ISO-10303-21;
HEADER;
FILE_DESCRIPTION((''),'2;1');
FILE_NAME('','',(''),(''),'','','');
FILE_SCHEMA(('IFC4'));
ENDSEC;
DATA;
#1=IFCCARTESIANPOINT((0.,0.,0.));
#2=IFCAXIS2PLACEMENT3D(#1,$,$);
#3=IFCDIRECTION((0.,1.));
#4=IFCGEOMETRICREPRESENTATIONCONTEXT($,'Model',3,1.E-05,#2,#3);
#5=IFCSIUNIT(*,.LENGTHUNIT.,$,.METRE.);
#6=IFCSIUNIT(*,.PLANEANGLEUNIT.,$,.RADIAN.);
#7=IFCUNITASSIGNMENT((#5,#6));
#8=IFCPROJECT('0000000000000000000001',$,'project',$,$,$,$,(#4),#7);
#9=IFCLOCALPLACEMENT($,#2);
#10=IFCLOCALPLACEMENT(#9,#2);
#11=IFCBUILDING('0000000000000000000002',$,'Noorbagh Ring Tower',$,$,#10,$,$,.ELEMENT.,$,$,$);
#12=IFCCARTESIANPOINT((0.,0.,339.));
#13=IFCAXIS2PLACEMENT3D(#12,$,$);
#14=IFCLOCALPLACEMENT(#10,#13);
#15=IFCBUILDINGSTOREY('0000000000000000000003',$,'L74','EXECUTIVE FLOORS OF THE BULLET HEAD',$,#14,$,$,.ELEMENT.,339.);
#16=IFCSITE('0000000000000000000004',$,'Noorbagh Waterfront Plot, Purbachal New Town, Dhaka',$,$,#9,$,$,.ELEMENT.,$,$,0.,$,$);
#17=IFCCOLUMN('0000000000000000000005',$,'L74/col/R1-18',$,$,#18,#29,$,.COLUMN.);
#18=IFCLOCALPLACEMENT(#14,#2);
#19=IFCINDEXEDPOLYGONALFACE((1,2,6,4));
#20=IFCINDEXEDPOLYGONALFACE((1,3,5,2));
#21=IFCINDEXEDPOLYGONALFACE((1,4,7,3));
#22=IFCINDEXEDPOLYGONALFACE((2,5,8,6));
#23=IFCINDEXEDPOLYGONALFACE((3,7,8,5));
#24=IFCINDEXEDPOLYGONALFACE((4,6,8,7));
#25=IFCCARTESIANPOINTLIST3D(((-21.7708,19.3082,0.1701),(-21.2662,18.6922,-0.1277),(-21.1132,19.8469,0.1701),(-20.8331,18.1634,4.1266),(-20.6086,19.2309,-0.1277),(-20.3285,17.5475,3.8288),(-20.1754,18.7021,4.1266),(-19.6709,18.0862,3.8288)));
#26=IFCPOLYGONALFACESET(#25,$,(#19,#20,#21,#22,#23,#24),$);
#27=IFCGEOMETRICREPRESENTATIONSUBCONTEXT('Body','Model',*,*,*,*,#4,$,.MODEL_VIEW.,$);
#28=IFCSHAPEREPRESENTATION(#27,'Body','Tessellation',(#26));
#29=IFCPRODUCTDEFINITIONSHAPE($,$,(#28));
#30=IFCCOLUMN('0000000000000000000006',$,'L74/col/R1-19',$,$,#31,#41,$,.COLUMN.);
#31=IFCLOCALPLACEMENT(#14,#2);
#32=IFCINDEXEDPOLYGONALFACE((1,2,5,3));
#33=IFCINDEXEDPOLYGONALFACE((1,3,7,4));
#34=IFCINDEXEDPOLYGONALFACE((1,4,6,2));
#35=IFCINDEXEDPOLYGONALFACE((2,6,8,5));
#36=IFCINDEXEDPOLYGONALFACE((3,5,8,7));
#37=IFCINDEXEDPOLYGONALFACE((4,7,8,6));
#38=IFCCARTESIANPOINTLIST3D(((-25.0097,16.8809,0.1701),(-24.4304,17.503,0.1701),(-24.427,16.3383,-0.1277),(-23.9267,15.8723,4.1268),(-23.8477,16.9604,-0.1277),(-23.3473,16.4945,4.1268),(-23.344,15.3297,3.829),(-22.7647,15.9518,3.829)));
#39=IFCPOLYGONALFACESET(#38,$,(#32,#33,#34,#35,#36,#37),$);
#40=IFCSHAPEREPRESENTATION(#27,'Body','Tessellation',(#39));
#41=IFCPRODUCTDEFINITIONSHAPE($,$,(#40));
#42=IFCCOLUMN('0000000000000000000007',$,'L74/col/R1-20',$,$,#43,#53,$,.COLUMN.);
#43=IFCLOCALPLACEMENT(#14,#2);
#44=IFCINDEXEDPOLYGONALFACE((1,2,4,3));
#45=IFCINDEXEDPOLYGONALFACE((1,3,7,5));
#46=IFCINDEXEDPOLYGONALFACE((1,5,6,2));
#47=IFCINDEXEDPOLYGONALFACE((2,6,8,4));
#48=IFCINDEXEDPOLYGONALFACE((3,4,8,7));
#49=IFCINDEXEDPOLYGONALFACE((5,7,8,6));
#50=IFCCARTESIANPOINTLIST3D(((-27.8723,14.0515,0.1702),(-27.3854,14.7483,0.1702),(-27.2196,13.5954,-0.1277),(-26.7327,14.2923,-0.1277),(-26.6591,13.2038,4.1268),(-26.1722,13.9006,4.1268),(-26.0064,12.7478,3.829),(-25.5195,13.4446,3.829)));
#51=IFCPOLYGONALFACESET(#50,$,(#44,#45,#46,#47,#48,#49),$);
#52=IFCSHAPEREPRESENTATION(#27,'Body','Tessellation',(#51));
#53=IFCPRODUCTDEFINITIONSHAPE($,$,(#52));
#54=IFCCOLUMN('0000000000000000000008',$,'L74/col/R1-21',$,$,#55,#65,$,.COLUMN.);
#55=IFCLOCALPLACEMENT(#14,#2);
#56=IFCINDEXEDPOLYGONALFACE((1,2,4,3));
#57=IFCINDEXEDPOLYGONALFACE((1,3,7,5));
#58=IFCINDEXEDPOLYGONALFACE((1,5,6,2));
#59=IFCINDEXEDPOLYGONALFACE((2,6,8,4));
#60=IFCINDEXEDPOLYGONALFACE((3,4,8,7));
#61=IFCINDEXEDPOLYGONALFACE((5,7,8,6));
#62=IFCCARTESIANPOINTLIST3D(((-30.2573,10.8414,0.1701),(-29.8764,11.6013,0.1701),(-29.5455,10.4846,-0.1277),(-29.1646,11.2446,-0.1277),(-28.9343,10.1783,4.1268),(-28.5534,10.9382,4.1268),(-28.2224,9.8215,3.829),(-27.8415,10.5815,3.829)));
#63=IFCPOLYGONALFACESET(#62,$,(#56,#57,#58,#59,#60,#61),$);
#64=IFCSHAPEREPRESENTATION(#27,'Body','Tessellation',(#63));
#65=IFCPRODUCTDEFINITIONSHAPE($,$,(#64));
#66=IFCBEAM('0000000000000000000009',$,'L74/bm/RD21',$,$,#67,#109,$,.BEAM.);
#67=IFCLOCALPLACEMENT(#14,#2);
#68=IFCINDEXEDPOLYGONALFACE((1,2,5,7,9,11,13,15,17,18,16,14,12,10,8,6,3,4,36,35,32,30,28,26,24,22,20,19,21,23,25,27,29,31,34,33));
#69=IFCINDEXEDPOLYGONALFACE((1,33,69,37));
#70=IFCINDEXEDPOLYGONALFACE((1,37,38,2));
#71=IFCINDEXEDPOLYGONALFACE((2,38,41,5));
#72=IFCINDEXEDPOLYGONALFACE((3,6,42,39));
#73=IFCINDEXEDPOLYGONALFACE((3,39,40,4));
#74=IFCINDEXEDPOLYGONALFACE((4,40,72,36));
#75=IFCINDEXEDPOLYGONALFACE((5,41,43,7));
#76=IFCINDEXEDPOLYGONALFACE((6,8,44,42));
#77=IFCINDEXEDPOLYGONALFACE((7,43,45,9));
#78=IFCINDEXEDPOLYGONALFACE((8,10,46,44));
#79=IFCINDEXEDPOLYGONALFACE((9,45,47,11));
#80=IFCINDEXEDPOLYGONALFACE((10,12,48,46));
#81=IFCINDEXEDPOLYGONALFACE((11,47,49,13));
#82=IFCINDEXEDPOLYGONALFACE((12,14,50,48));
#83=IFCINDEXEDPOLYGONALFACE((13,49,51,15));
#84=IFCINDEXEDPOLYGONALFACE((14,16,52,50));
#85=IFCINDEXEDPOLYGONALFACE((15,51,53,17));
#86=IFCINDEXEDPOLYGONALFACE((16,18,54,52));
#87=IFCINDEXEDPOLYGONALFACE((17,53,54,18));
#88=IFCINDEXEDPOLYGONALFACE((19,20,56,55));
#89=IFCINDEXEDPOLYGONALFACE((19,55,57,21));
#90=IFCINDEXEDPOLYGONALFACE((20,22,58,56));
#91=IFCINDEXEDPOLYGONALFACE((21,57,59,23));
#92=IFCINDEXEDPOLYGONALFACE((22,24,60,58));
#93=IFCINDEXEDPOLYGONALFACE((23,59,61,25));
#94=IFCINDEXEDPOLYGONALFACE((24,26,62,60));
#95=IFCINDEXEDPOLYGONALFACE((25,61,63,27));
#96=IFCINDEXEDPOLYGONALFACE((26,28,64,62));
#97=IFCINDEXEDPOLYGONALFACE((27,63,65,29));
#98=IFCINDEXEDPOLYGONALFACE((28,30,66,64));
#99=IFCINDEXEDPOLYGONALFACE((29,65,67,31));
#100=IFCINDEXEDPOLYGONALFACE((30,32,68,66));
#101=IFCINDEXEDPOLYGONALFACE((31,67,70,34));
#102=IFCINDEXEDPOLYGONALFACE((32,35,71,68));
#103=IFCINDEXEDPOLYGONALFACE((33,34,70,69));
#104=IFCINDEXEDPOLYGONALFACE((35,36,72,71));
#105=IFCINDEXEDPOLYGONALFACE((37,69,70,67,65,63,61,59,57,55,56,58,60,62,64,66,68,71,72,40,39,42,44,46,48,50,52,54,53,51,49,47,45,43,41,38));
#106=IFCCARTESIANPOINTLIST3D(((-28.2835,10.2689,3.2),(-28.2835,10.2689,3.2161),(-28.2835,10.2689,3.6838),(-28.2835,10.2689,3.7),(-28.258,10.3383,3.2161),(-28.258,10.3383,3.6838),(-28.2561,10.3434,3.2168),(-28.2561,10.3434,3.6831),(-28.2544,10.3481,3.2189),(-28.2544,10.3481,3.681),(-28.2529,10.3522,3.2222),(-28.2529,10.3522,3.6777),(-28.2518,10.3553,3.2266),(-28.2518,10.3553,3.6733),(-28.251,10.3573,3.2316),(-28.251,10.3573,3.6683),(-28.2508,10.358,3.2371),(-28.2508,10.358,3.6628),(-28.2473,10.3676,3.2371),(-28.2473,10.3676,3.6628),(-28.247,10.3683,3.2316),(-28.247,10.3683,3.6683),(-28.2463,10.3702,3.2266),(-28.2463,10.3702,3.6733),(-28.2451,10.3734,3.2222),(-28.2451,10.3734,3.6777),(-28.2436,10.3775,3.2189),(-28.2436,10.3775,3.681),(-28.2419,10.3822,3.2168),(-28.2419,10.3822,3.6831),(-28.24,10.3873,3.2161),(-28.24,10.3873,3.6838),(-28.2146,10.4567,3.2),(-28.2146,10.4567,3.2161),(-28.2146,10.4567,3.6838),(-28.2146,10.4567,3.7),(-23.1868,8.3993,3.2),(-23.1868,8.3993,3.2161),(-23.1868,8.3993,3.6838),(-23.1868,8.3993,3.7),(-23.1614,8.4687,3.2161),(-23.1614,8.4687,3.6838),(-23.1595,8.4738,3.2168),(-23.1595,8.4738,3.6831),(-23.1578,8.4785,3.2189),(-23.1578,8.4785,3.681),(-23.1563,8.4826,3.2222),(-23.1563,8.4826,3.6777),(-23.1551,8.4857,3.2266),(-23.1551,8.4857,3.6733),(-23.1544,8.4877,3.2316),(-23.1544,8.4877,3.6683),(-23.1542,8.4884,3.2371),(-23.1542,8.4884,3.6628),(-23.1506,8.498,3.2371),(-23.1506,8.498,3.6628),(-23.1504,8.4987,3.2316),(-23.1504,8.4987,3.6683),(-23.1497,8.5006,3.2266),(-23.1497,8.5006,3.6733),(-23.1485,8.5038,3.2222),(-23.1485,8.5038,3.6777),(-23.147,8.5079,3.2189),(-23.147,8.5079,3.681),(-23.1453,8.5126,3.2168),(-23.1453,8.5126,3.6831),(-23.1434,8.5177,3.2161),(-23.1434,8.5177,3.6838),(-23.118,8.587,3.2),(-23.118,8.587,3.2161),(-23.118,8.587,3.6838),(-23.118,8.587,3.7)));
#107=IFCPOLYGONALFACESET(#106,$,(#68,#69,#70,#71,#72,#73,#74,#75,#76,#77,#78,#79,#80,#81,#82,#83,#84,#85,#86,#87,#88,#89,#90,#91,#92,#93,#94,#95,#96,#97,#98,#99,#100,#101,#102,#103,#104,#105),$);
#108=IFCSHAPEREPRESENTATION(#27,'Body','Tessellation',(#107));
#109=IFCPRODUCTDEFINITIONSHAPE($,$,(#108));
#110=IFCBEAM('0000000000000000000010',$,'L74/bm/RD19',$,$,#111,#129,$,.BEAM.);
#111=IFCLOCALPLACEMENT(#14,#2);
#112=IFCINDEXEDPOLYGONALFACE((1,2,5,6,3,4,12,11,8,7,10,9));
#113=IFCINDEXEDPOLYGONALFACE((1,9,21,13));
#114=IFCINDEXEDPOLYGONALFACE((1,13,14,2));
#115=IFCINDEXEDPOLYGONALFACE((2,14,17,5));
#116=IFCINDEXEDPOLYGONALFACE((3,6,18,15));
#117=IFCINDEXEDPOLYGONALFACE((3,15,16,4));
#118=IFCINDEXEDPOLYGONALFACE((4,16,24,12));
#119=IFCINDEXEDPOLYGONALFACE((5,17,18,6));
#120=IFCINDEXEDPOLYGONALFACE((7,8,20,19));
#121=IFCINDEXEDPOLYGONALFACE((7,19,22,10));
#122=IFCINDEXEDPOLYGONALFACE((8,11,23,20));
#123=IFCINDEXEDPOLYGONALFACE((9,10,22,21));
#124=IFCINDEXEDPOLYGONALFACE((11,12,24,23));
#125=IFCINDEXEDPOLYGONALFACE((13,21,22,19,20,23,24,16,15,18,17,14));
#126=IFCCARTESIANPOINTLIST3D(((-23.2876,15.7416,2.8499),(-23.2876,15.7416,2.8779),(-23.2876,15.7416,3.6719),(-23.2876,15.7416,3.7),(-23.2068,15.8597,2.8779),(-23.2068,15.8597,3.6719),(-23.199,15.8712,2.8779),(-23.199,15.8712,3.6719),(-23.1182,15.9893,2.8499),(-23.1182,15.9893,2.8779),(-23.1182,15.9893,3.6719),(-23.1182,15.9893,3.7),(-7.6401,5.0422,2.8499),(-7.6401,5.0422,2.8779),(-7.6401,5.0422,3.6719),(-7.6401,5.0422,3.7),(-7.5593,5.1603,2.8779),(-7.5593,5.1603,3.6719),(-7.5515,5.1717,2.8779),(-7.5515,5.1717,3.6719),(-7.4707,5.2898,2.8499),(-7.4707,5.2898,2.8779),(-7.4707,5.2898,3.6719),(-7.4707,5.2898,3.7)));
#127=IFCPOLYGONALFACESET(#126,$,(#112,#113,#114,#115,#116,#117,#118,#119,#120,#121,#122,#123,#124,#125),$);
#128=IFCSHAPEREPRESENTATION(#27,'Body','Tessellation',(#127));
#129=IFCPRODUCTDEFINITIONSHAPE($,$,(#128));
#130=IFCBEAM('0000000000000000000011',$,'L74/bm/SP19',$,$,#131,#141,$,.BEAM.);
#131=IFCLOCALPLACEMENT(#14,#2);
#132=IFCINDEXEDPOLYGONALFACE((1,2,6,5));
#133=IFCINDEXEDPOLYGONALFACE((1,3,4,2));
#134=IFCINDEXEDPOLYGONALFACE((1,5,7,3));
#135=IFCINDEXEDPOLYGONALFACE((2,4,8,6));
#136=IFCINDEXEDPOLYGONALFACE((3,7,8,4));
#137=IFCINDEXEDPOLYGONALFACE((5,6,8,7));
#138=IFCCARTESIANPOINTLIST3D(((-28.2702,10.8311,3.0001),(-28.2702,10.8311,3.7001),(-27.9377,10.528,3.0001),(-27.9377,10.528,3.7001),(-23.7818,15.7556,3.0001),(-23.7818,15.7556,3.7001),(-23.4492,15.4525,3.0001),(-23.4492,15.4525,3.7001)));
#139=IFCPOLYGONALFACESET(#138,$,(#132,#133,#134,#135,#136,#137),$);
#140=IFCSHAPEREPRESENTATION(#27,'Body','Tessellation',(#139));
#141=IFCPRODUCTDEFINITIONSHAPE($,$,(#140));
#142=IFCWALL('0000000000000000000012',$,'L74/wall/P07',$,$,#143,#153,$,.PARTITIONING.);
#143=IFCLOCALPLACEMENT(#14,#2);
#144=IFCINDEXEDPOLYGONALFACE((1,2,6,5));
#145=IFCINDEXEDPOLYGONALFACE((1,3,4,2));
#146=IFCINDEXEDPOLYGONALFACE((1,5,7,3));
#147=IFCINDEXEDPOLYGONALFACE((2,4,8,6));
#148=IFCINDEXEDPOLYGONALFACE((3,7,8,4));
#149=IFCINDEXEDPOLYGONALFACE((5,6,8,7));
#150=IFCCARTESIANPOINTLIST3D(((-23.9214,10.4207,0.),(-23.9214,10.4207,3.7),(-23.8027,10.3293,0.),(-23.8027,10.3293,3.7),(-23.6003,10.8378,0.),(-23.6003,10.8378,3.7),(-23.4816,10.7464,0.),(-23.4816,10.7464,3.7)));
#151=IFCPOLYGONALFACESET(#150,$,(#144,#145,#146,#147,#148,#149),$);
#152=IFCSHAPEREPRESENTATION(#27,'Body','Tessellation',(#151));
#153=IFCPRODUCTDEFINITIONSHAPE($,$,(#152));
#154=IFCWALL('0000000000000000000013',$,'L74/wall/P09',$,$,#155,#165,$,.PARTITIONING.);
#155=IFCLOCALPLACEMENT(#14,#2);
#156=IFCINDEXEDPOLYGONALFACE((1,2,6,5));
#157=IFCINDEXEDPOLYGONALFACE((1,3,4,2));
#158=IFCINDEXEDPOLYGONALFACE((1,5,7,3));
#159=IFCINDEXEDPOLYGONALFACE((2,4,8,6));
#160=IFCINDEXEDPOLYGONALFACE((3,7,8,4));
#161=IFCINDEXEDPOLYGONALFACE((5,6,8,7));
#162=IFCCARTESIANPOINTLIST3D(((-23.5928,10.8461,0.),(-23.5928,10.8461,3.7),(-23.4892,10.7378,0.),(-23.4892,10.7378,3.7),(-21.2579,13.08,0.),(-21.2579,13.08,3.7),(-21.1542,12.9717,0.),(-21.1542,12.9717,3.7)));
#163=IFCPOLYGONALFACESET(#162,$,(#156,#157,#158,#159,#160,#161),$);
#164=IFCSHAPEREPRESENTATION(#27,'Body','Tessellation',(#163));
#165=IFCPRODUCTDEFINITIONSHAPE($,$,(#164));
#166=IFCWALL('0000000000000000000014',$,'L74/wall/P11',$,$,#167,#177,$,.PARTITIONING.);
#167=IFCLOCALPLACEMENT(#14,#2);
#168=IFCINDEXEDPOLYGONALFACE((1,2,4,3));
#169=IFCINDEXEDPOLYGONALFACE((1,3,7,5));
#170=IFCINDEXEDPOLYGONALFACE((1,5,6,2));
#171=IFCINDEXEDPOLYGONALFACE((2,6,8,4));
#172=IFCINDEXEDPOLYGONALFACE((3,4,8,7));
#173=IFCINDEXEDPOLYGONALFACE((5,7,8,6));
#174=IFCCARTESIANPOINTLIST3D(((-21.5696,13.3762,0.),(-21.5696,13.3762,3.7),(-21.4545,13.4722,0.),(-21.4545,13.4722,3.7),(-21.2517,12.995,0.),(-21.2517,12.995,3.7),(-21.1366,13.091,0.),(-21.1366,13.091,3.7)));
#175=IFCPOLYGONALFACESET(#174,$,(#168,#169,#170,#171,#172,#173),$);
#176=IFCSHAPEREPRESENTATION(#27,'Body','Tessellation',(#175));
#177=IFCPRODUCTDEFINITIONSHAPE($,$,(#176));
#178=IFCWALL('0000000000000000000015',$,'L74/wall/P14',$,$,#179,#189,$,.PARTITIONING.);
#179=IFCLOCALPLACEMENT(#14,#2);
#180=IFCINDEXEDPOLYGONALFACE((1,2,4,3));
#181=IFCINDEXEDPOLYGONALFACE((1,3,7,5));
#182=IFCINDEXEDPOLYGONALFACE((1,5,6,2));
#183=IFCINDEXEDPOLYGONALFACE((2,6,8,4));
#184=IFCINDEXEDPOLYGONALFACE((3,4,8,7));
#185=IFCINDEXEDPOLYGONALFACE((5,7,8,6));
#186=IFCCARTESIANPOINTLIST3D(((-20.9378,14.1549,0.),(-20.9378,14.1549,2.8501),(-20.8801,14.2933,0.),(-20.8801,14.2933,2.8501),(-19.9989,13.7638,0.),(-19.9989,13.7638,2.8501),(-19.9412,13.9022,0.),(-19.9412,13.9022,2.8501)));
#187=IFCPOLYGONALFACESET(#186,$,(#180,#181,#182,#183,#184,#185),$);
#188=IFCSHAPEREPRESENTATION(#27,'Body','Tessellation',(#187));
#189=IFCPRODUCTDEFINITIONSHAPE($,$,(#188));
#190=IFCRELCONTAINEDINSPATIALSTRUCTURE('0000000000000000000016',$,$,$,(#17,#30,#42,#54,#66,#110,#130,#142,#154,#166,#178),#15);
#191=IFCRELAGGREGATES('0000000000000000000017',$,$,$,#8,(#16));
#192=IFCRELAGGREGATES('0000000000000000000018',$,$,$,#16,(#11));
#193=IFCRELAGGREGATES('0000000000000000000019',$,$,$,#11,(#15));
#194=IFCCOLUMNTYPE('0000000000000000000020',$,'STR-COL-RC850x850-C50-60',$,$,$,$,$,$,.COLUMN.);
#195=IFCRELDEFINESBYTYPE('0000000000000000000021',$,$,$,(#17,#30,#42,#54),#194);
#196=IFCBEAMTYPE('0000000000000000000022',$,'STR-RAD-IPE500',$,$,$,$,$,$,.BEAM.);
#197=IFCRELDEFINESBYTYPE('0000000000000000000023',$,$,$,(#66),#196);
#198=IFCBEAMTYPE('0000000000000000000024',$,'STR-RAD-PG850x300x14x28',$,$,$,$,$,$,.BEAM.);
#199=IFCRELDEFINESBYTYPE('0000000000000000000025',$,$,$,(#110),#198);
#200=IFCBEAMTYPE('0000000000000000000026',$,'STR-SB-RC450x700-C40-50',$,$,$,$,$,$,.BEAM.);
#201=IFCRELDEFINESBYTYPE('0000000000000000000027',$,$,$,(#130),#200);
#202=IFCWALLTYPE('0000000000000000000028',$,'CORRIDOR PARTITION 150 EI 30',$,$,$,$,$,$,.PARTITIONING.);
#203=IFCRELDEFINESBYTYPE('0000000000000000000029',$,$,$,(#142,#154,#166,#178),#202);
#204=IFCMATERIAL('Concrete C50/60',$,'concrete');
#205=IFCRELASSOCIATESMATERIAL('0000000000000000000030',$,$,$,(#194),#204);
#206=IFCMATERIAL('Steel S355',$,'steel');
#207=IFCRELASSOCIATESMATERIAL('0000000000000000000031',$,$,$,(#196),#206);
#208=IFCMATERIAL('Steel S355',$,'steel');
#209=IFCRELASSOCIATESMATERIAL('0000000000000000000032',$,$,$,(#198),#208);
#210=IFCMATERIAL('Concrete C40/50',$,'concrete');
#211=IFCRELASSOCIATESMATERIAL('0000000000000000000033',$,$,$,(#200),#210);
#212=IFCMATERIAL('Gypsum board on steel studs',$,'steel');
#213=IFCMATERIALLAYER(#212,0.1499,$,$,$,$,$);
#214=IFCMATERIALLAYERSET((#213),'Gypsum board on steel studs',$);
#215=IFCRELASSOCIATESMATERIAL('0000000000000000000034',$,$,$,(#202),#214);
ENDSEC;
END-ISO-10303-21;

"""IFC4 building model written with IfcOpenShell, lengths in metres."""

from ifc_helpers import new_model, si_unit, direction, frame, frame_2d, origin, origin_2d, place, context, subcontext, project, spatial, rectangle, i_section, extrude, material, layer, layer_set, material_profile, profile_set, type_object, element, save


model = new_model("IFC4")

# Units and contexts
model_context = context("Model", 3, precision=1e-05, world=origin(), true_north=direction((0.0, 1.0)))
body_context = subcontext(model_context, "Body", "Model", "MODEL_VIEW")
ifc_project = project(units=[si_unit("LENGTHUNIT", "METRE"), si_unit("PLANEANGLEUNIT", "RADIAN")], contexts=[model_context])

# Site, building, storey
site_placement = place(None, origin())
site = spatial("IfcSite", under=ifc_project, at=site_placement, Name="Noorbagh Waterfront Plot, Purbachal New Town, Dhaka", CompositionType="ELEMENT", RefElevation=0.0)
building_placement = place(site_placement, origin())
building = spatial("IfcBuilding", under=site, at=building_placement, Name="Noorbagh Ring Tower", CompositionType="ELEMENT")
storey_placement = place(building_placement, frame((0.0, 0.0, 339.0)))
storey = spatial("IfcBuildingStorey", under=building, at=storey_placement, Name="L74", Description="EXECUTIVE FLOORS OF THE BULLET HEAD", CompositionType="ELEMENT", Elevation=339.0)

# Columns
ifc_material_1 = material(Name="Concrete C50/60", Category="concrete")
ifc_material_profile_1 = material_profile(ifc_material_1, rectangle(XDim=0.8501, YDim=0.8501, at=origin_2d()), Name="RC850x850")
ifc_profile_set_1 = profile_set([ifc_material_profile_1], Name="Concrete C50/60")
column_type = type_object("IfcColumnType", Name="STR-COL-RC850x850-C50-60", PredefinedType="COLUMN", material=ifc_profile_set_1)
column_placement = place(storey_placement, frame((-21.1897, 19.2695, 0.0212), z_axis=(0.221992, -0.271002, 0.936631), x_axis=(0.77359, 0.633687, 0.0)))
element("IfcColumn", 1, at=column_placement, inside=storey, type_object=column_type, Name="L74/col/R1-18", PredefinedType="COLUMN", context=body_context, shape_type="SweptSolid", body=[
    extrude(rectangle(XDim=0.8501, YDim=0.8501, at=origin_2d()), origin(), (0.0, 0.0, 1.0), 4.2241),
])
for number, where, z_axis, x_axis, name in (
    (2, (-24.4287, 16.9207, 0.0212), (0.256379, -0.238751, 0.936626), (0.681501, 0.731817, 0.0), "L74/col/R1-19"),
    (3, (-27.3025, 14.1719, 0.0212), (0.287182, -0.200663, 0.936622), (0.572765, 0.81972, 0.0), "L74/col/R1-20"),
    (4, (-29.7109, 11.043, 0.0212), (0.313192, -0.156971, 0.936627), (0.448071, 0.893998, 0.0), "L74/col/R1-21"),
):
    element("IfcColumn", number, at=place(storey_placement, frame(where, z_axis=z_axis, x_axis=x_axis)), inside=storey, type_object=column_type, Name=name, PredefinedType="COLUMN", context=body_context, shape_type="SweptSolid", body=[
        extrude(rectangle(XDim=0.8501, YDim=0.8501, at=origin_2d()), origin(), (0.0, 0.0, 1.0), 4.2244),
    ])

# Beams
ifc_material_2 = material(Name="Steel S355", Category="steel")
ifc_material_profile_2 = material_profile(ifc_material_2, i_section(OverallWidth=0.2, OverallDepth=0.5, WebThickness=0.0103, FlangeThickness=0.0161, FilletRadius=0.021, at=origin_2d()), Name="IPE500")
ifc_profile_set_2 = profile_set([ifc_material_profile_2], Name="Steel S355")
beam_type_1 = type_object("IfcBeamType", Name="STR-RAD-IPE500", PredefinedType="BEAM", material=ifc_profile_set_2)
beam_1_placement = place(storey_placement, frame((-28.249, 10.3628, 3.45), z_axis=(0.938826, -0.344392, 0.0), x_axis=(0.344392, 0.938826, 0.0)))
element("IfcBeam", 5, at=beam_1_placement, inside=storey, type_object=beam_type_1, Name="L74/bm/RD21", PredefinedType="BEAM", context=body_context, shape_type="SweptSolid", body=[
    extrude(i_section(OverallWidth=0.2, OverallDepth=0.5, WebThickness=0.0103, FlangeThickness=0.0161, FilletRadius=0.021, at=origin_2d()), origin(), (0.0, 0.0, 1.0), 5.4287),
])
ifc_material_3 = material(Name="Steel S355", Category="steel")
ifc_material_profile_3 = material_profile(ifc_material_3, i_section(OverallWidth=0.3, OverallDepth=0.8501, WebThickness=0.0139, FlangeThickness=0.0281, at=origin_2d()), Name="PG850x300x14x28")
ifc_profile_set_3 = profile_set([ifc_material_profile_3], Name="Steel S355")
beam_type_2 = type_object("IfcBeamType", Name="STR-RAD-PG850x300x14x28", PredefinedType="BEAM", material=ifc_profile_set_3)
beam_2_placement = place(storey_placement, frame((-23.2029, 15.8655, 3.2749), z_axis=(0.825472, -0.564443, 0.0), x_axis=(0.564443, 0.825472, 0.0)))
element("IfcBeam", 6, at=beam_2_placement, inside=storey, type_object=beam_type_2, Name="L74/bm/RD19", PredefinedType="BEAM", context=body_context, shape_type="SweptSolid", body=[
    extrude(i_section(OverallWidth=0.3, OverallDepth=0.8501, WebThickness=0.0139, FlangeThickness=0.0281, at=origin_2d()), origin(), (0.0, 0.0, 1.0), 18.9558),
])
ifc_material_4 = material(Name="Concrete C40/50", Category="concrete")
ifc_material_profile_4 = material_profile(ifc_material_4, rectangle(XDim=0.45, YDim=0.7, at=origin_2d()), Name="RC450x700")
ifc_profile_set_4 = profile_set([ifc_material_profile_4], Name="Concrete C40/50")
beam_type_3 = type_object("IfcBeamType", Name="STR-SB-RC450x700-C40-50", PredefinedType="BEAM", material=ifc_profile_set_4)
beam_3_placement = place(storey_placement, frame((-23.6155, 15.604, 3.3501), z_axis=(-0.67363, -0.739069, 0.0), x_axis=(0.739069, -0.67363, 0.0)))
element("IfcBeam", 7, at=beam_3_placement, inside=storey, type_object=beam_type_3, Name="L74/bm/SP19", PredefinedType="BEAM", context=body_context, shape_type="SweptSolid", body=[
    extrude(rectangle(XDim=0.45, YDim=0.7, at=origin_2d()), origin(), (0.0, 0.0, 1.0), 6.6631),
])

# Walls
ifc_material_5 = material(Name="Gypsum board on steel studs", Category="steel")
ifc_layer_1 = layer(ifc_material_5, 0.1499)
ifc_layer_set_1 = layer_set([ifc_layer_1], Name="Gypsum board on steel studs")
wall_type_1 = type_object("IfcWallType", Name="CORRIDOR PARTITION 150 EI 30", PredefinedType="PARTITIONING", material=ifc_layer_set_1)
wall_1_placement = place(storey_placement, frame((-23.8621, 10.375, 0.0), z_axis=(0.0, 0.0, 1.0), x_axis=(0.610047, 0.792365, 0.0)))
element("IfcWall", 8, at=wall_1_placement, inside=storey, type_object=wall_type_1, Name="L74/wall/P07", PredefinedType="PARTITIONING", context=body_context, shape_type="SweptSolid", body=[
    extrude(rectangle(XDim=0.5264, YDim=0.1499, at=frame_2d((0.2632, 0.0))), origin(), (0.0, 0.0, 1.0), 3.7),
])
wall_2_placement = place(storey_placement, frame((-23.541, 10.792, 0.0), z_axis=(0.0, 0.0, 1.0), x_axis=(0.722573, 0.691295, 0.0)))
element("IfcWall", 9, at=wall_2_placement, inside=storey, type_object=wall_type_1, Name="L74/wall/P09", PredefinedType="PARTITIONING", context=body_context, shape_type="SweptSolid", body=[
    extrude(rectangle(XDim=3.2314, YDim=0.1499, at=frame_2d((1.6157, 0.0))), origin(), (0.0, 0.0, 1.0), 3.7),
])
wall_3_placement = place(storey_placement, frame((-21.512, 13.4241, 0.0), z_axis=(0.0, 0.0, 1.0), x_axis=(0.640523, -0.767939, 0.0)))
element("IfcWall", 10, at=wall_3_placement, inside=storey, type_object=wall_type_1, Name="L74/wall/P11", PredefinedType="PARTITIONING", context=body_context, shape_type="SweptSolid", body=[
    extrude(rectangle(XDim=0.4963, YDim=0.1499, at=frame_2d((0.248, 0.0))), origin(), (0.0, 0.0, 1.0), 3.7),
])
wall_4_placement = place(storey_placement, frame((-20.9089, 14.2241, 0.0), z_axis=(0.0, 0.0, 1.0), x_axis=(0.92312, -0.384513, 0.0)))
element("IfcWall", 11, at=wall_4_placement, inside=storey, type_object=wall_type_1, Name="L74/wall/P14", PredefinedType="PARTITIONING", context=body_context, shape_type="SweptSolid", body=[
    extrude(rectangle(XDim=1.0171, YDim=0.1499, at=frame_2d((0.5085, 0.0))), origin(), (0.0, 0.0, 1.0), 2.8501),
])

save(model, "model.ifc")
